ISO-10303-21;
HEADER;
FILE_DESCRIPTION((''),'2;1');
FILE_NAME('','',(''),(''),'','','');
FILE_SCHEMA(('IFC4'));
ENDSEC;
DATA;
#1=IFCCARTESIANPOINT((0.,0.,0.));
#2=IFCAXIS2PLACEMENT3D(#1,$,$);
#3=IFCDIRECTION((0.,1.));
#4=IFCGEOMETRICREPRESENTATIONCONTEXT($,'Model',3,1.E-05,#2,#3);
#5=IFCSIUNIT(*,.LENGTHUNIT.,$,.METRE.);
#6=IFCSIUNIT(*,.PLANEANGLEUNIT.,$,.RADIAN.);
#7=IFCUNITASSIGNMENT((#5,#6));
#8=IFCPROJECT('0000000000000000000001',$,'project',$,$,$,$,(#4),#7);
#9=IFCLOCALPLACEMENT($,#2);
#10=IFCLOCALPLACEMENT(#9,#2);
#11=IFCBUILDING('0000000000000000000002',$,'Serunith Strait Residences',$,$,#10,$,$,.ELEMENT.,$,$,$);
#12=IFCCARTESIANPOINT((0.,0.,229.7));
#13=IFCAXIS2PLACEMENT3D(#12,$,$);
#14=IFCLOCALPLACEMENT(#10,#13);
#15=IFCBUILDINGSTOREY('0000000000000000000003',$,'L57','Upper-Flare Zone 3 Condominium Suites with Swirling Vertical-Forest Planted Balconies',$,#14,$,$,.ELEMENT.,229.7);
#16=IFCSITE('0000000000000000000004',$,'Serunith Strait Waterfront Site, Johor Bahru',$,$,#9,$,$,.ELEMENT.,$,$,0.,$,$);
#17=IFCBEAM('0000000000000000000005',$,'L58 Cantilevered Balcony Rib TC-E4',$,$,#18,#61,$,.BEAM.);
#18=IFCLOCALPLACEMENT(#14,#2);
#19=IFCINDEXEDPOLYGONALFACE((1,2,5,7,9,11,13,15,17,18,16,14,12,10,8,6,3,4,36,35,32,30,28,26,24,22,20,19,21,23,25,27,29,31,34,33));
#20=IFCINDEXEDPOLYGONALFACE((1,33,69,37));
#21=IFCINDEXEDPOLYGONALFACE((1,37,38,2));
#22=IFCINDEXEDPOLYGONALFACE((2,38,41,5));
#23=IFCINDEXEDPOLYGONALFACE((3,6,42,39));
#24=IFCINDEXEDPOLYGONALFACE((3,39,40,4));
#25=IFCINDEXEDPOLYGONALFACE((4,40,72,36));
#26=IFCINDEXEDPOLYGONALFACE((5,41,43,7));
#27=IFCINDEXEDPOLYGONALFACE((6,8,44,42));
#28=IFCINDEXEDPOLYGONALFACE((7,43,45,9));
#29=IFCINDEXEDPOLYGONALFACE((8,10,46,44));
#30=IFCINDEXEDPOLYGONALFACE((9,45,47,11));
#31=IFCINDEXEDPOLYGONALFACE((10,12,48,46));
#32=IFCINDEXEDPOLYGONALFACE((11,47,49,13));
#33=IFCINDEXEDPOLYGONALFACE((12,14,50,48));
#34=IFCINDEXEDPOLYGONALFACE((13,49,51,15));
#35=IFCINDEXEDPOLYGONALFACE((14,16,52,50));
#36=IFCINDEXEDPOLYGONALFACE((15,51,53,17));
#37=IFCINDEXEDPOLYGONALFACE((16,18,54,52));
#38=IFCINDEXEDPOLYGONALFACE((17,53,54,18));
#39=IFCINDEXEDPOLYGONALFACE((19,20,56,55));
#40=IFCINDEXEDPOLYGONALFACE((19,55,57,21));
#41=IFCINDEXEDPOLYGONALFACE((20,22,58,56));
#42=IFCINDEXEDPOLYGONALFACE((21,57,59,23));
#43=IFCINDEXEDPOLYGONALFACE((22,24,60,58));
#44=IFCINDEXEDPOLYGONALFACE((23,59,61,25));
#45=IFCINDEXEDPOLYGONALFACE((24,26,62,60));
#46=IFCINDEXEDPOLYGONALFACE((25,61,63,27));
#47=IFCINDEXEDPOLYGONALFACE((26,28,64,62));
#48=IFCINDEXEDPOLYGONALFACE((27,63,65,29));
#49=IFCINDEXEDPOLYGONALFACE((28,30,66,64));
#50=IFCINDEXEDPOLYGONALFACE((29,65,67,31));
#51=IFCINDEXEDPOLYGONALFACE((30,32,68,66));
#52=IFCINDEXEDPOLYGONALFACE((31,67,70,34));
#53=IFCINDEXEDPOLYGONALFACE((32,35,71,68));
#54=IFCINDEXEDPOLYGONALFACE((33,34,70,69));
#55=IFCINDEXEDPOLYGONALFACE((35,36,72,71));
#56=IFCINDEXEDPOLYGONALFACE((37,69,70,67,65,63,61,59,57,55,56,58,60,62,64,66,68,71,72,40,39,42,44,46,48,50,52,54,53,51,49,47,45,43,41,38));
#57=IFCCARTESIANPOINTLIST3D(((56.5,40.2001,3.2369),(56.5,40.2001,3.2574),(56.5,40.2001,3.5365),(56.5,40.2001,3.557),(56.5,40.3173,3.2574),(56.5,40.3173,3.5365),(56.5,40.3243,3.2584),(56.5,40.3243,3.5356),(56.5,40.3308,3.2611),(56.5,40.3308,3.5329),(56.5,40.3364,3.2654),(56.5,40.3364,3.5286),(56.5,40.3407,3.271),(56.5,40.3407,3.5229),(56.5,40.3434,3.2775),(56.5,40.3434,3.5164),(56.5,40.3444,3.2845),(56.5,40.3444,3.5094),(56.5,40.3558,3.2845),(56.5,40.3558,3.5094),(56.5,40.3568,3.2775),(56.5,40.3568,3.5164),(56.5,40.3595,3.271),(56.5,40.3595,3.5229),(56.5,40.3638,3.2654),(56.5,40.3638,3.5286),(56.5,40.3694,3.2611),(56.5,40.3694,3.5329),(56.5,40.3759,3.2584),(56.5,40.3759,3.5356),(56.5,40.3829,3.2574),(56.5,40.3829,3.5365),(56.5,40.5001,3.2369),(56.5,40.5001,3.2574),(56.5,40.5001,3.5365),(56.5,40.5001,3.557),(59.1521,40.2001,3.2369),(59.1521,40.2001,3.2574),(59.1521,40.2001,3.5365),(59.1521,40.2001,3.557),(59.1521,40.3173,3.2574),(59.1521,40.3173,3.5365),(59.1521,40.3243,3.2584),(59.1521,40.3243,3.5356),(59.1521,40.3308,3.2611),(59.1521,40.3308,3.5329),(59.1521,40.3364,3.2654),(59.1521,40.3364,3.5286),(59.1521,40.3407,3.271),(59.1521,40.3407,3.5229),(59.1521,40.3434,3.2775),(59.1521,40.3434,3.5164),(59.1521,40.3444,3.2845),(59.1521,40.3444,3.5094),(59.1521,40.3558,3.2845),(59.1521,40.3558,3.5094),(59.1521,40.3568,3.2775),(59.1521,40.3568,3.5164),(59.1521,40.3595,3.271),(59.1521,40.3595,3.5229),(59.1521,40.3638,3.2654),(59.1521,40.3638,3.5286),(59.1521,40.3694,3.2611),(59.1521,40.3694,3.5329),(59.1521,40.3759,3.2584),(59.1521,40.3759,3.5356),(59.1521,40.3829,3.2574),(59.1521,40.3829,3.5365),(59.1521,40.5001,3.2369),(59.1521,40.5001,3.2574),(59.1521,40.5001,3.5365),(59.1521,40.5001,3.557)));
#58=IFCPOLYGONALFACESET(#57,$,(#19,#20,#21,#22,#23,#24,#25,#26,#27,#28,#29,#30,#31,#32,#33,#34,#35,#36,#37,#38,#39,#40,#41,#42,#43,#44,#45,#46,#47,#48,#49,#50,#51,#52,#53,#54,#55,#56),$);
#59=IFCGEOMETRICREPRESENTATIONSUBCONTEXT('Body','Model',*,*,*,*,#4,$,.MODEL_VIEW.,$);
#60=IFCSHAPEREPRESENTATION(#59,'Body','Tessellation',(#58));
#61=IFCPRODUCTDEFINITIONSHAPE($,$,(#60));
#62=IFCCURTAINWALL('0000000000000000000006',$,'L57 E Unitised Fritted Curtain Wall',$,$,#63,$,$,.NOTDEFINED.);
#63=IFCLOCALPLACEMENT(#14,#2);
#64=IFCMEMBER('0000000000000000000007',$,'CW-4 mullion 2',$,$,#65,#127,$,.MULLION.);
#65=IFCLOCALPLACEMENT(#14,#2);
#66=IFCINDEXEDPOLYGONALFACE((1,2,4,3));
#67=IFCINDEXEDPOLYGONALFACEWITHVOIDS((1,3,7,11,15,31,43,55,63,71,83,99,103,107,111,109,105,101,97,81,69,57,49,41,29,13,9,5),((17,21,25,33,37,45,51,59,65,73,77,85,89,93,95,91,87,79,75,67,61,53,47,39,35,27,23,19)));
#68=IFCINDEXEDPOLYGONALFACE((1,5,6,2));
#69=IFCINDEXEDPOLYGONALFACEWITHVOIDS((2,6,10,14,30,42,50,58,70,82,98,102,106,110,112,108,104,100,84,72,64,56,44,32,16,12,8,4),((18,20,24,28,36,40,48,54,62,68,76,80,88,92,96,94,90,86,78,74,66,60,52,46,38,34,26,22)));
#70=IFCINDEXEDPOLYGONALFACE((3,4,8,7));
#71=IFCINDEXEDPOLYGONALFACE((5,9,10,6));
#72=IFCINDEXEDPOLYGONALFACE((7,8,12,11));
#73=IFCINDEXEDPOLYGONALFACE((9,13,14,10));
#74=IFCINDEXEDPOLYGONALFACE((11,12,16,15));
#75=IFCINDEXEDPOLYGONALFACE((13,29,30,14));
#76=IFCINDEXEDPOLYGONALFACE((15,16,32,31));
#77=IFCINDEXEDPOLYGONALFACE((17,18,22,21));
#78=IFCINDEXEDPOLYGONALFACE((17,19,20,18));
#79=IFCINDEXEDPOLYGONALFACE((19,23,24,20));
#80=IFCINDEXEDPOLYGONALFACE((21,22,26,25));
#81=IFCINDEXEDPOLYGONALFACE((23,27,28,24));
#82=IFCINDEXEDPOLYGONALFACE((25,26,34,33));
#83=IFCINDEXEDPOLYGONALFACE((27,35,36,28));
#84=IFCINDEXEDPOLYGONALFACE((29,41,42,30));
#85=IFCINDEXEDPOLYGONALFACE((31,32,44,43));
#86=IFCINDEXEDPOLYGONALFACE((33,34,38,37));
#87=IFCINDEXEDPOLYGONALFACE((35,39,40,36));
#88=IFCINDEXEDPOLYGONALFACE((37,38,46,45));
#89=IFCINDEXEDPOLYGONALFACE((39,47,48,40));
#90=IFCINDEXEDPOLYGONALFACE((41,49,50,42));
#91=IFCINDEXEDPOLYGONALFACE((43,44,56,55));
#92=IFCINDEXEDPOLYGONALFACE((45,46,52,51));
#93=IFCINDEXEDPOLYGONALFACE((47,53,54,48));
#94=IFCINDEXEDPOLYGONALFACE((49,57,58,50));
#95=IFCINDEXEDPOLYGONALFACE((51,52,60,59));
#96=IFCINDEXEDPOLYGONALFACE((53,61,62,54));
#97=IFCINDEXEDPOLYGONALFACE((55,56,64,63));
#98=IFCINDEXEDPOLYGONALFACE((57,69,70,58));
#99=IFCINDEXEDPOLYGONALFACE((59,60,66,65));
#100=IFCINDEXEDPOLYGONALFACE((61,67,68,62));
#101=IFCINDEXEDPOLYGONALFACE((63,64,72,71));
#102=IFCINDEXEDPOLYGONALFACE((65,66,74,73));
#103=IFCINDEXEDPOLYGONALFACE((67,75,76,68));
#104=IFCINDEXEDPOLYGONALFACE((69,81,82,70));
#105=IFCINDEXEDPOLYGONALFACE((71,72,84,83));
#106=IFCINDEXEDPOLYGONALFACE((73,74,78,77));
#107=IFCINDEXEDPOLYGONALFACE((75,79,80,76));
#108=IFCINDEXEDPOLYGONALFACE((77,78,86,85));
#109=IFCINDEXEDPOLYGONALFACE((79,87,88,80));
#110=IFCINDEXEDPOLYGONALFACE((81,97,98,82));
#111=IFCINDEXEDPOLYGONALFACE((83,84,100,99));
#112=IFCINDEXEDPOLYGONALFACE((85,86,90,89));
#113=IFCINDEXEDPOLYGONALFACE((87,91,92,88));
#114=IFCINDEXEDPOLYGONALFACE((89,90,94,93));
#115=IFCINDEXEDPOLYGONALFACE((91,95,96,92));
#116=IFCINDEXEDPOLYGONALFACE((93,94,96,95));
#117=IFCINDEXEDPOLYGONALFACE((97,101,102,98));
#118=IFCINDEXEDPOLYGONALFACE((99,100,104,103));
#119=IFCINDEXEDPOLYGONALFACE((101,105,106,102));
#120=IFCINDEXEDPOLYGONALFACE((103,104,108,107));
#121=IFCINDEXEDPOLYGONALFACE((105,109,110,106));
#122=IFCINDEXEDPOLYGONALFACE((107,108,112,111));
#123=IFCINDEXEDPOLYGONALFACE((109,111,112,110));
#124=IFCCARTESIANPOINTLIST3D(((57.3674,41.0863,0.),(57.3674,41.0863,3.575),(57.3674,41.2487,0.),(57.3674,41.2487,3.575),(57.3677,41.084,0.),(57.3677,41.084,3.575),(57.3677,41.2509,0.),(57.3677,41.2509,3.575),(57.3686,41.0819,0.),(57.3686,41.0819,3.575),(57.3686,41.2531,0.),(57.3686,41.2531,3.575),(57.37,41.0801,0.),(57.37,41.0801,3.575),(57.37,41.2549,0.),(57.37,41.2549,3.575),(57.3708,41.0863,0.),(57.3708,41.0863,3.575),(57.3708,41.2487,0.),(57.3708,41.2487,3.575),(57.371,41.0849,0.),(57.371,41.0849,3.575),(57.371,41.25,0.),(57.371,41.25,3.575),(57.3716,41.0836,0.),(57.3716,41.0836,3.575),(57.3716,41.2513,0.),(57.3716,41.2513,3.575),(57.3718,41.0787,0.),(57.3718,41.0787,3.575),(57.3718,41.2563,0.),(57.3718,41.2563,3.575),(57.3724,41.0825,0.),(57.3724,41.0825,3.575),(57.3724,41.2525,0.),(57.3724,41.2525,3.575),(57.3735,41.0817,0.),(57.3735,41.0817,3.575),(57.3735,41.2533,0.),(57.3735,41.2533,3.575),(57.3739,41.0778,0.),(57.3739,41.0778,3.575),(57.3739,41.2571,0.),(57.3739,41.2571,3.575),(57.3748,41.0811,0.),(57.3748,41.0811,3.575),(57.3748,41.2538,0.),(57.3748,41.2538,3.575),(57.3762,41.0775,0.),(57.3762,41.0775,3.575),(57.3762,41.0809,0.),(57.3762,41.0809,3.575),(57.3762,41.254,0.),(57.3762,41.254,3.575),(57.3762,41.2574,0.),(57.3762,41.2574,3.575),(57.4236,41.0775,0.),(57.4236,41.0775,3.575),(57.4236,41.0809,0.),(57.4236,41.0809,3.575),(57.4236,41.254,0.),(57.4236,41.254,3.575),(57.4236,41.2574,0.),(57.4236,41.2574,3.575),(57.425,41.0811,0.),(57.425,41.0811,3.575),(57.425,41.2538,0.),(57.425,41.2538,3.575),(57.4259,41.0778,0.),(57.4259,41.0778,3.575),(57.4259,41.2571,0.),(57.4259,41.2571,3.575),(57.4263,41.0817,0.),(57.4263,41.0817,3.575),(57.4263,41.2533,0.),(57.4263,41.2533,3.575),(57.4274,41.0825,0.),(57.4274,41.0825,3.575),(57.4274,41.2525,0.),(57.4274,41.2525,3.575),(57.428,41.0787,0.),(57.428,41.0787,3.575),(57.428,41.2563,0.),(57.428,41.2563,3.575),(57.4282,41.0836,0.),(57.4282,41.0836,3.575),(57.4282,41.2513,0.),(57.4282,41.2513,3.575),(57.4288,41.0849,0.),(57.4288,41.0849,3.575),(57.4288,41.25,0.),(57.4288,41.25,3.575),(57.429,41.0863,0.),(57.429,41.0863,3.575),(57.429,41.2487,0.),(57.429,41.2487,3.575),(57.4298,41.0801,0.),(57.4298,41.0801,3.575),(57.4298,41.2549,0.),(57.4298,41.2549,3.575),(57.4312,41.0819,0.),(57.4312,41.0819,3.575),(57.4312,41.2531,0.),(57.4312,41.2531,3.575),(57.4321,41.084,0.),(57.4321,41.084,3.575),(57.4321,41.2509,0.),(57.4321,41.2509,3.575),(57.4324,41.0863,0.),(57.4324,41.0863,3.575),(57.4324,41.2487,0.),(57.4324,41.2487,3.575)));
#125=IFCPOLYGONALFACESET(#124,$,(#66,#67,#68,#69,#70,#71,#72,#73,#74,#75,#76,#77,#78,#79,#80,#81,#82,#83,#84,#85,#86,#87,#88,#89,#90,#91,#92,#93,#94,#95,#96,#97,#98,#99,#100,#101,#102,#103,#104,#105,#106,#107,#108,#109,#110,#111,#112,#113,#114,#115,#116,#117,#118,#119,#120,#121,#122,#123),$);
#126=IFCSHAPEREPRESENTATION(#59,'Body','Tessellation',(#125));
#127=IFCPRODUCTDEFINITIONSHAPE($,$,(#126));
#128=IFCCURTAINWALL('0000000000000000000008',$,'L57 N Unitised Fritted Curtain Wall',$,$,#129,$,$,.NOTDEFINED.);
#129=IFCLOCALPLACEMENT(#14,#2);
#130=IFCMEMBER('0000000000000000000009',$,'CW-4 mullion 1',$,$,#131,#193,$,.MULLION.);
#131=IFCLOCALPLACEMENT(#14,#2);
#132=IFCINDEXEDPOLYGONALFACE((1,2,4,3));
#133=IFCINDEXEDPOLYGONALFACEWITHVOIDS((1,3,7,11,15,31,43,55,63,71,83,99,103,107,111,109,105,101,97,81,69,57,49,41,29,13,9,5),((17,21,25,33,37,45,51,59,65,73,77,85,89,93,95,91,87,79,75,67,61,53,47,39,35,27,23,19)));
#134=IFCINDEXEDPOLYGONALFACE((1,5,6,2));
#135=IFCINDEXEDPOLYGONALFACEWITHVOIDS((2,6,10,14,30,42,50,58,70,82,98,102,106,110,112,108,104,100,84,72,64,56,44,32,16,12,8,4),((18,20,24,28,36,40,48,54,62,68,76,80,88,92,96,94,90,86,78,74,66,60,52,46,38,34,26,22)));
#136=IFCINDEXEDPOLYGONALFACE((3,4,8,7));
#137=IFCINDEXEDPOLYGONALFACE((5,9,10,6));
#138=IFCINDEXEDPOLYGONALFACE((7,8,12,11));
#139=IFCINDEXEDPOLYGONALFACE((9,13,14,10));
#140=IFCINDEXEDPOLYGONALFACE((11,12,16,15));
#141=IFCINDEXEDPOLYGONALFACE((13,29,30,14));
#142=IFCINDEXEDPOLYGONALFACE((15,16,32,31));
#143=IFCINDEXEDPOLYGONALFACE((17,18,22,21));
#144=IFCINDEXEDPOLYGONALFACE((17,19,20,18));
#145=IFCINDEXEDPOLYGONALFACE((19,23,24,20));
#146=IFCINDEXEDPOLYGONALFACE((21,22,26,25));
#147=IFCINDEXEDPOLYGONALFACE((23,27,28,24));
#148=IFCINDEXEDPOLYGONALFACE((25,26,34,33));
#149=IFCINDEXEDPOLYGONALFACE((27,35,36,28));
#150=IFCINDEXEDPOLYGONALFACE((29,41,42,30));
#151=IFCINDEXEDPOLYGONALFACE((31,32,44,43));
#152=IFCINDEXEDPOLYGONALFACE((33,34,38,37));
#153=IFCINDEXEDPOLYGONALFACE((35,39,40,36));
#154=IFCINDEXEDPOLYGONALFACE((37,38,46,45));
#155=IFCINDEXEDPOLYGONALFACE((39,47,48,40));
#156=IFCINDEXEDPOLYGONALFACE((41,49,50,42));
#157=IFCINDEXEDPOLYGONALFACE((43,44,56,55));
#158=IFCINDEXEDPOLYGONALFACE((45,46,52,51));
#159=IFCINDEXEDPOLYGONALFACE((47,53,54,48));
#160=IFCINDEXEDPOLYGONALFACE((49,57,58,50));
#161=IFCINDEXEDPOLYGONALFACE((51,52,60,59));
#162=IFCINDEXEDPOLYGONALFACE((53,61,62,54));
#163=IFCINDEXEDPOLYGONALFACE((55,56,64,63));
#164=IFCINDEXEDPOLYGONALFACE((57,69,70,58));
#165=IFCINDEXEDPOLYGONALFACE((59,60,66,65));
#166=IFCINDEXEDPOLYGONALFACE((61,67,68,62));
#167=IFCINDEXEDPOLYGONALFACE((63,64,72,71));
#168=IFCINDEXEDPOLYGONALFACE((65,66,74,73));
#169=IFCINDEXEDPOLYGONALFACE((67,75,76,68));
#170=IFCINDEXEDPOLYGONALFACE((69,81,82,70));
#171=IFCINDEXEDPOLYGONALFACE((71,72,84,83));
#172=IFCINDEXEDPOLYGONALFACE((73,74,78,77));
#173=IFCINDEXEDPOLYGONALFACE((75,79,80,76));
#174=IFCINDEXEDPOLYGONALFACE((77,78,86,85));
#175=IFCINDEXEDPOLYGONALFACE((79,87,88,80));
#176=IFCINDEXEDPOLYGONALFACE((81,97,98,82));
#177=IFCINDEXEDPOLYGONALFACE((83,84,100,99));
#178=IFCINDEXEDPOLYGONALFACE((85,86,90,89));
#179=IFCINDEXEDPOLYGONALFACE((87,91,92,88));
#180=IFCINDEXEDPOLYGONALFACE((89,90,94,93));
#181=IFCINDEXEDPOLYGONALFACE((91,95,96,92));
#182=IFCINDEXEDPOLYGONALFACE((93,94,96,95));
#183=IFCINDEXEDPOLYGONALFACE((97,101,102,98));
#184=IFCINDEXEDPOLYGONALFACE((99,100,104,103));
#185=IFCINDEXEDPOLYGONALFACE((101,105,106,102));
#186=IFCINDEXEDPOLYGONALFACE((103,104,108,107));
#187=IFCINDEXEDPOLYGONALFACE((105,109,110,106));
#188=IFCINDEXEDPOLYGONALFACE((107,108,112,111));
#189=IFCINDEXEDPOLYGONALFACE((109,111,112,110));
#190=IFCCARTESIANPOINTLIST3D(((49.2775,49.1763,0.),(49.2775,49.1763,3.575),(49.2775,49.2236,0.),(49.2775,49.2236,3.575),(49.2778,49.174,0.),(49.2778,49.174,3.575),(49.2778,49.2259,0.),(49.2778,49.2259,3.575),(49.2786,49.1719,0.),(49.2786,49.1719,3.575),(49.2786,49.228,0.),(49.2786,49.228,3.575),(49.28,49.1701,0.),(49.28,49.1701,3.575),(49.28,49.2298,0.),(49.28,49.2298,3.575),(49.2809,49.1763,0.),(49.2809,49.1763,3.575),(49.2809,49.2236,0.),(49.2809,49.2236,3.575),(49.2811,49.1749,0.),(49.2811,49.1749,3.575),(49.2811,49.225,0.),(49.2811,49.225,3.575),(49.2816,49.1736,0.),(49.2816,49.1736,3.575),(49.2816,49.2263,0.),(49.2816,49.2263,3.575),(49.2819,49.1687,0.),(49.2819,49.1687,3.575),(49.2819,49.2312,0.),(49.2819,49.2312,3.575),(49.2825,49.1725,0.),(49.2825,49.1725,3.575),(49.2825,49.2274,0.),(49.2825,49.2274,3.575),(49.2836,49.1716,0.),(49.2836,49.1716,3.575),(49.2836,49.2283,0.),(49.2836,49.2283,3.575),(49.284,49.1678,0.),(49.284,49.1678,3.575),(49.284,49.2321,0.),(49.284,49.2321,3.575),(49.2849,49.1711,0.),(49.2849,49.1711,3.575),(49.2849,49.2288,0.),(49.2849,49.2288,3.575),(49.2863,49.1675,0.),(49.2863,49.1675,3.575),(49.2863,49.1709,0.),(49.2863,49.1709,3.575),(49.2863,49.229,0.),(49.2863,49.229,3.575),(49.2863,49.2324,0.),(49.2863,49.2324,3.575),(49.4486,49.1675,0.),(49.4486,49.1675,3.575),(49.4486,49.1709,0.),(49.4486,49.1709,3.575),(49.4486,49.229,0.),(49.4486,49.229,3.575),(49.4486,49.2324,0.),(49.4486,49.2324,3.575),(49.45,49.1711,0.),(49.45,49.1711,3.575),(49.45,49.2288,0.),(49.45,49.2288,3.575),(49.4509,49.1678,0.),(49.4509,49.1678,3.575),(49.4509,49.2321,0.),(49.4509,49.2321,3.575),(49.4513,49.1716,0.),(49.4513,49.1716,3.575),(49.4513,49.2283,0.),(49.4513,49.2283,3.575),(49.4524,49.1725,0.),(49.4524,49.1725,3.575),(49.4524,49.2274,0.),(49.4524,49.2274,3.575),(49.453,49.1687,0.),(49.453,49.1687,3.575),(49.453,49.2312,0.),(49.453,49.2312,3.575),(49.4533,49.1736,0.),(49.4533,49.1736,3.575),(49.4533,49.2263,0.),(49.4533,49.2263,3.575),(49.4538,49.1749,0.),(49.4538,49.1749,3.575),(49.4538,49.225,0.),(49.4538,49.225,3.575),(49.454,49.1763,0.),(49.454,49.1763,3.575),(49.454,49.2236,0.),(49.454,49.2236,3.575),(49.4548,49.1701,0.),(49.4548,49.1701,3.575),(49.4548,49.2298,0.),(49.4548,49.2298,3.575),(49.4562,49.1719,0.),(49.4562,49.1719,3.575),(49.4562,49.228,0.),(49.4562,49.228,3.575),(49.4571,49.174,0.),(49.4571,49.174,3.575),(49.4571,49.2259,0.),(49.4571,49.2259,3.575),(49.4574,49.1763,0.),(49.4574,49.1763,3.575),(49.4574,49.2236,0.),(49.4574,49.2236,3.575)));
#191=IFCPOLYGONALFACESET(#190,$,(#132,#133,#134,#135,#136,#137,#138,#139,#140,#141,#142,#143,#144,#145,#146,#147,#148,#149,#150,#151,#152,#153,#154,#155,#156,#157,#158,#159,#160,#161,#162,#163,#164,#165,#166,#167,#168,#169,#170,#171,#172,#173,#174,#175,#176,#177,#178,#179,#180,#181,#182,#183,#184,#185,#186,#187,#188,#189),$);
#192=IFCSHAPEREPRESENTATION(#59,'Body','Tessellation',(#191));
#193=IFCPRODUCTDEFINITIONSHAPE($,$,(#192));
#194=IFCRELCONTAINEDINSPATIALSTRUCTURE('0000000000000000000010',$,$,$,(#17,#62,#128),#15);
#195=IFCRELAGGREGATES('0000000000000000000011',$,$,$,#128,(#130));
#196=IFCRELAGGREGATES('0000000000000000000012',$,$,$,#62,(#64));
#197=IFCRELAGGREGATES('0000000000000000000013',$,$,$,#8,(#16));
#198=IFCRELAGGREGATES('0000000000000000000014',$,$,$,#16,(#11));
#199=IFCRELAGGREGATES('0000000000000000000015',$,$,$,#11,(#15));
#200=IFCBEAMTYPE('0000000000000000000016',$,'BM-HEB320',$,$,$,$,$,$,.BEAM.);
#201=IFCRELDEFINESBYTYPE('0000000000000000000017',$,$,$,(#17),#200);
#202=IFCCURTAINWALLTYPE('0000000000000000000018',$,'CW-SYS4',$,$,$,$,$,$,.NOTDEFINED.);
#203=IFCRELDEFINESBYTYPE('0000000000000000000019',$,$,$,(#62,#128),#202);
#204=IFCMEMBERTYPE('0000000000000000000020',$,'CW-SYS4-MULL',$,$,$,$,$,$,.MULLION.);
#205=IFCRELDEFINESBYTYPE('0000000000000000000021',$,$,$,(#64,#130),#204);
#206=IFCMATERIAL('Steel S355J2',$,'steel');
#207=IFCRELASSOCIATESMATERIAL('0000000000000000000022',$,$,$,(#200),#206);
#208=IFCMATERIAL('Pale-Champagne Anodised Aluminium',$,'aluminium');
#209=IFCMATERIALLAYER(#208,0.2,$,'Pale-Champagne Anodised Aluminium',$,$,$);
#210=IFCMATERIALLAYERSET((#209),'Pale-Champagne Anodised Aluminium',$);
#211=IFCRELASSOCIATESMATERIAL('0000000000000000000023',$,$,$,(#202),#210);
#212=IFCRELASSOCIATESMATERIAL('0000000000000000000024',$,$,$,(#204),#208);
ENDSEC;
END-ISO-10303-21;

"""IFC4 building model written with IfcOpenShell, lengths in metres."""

from ifc_helpers import new_model, si_unit, direction, frame, origin, origin_2d, place, context, subcontext, project, spatial, hollow_rectangle, i_section, extrude, source, transform, mapped, material, layer, layer_set, material_profile, profile_set, type_object, element, aggregate, save


model = new_model("IFC4")

# Units and contexts
model_context = context("Model", 3, precision=1e-05, world=origin(), true_north=direction((0.0, 1.0)))
body_context = subcontext(model_context, "Body", "Model", "MODEL_VIEW")
ifc_project = project(units=[si_unit("LENGTHUNIT", "METRE"), si_unit("PLANEANGLEUNIT", "RADIAN")], contexts=[model_context])

# Site, building, storey
site_placement = place(None, origin())
site = spatial("IfcSite", under=ifc_project, at=site_placement, Name="Serunith Strait Waterfront Site, Johor Bahru", CompositionType="ELEMENT", RefElevation=0.0)
building_placement = place(site_placement, origin())
building = spatial("IfcBuilding", under=site, at=building_placement, Name="Serunith Strait Residences", CompositionType="ELEMENT")
storey_placement = place(building_placement, frame((0.0, 0.0, 229.7)))
storey = spatial("IfcBuildingStorey", under=building, at=storey_placement, Name="L57", Description="Upper-Flare Zone 3 Condominium Suites with Swirling Vertical-Forest Planted Balconies", CompositionType="ELEMENT", Elevation=229.7)

# Beam
ifc_material_1 = material(Name="Steel S355J2", Category="steel")
ifc_material_profile_1 = material_profile(ifc_material_1, i_section(OverallWidth=0.3, OverallDepth=0.3201, WebThickness=0.0115, FlangeThickness=0.0205, FilletRadius=0.0271, at=origin_2d()), Name="HEB 320")
ifc_profile_set_1 = profile_set([ifc_material_profile_1], Name="Steel S355J2")
beam_type_1 = type_object("IfcBeamType", Name="BM-HEB320", PredefinedType="BEAM", material=ifc_profile_set_1)
shared_shape_1 = source(origin(), body_context, "Body", "SweptSolid", [
    extrude(i_section(OverallWidth=0.3, OverallDepth=0.3201, WebThickness=0.0115, FlangeThickness=0.0205, FilletRadius=0.0271, at=origin_2d()), origin(), (0.0, 0.0, 1.0), 2.6521),
])
beam_1_placement = place(storey_placement, frame((56.5, 40.3501, 3.397), z_axis=(1.0, 0.0, 0.0), x_axis=(0.0, 1.0, 0.0)))
element("IfcBeam", 1, at=beam_1_placement, inside=storey, type_object=beam_type_1, Name="L58 Cantilevered Balcony Rib TC-E4", PredefinedType="BEAM", context=body_context, shape_type="MappedRepresentation", body=[
    mapped(shared_shape_1, transform((0.0, 0.0, 0.0), scale=1.0)),
])

# Curtain wall, member
ifc_material_2 = material(Name="Pale-Champagne Anodised Aluminium", Category="aluminium")
ifc_layer_1 = layer(ifc_material_2, 0.2, Name="Pale-Champagne Anodised Aluminium")
ifc_layer_set_1 = layer_set([ifc_layer_1], Name="Pale-Champagne Anodised Aluminium")
curtain_wall_type = type_object("IfcCurtainWallType", Name="CW-SYS4", PredefinedType="NOTDEFINED", material=ifc_layer_set_1)
curtain_wall_1_placement = place(storey_placement, origin())
curtain_wall_1 = element("IfcCurtainWall", 2, at=curtain_wall_1_placement, inside=storey, type_object=curtain_wall_type, Name="L57 E Unitised Fritted Curtain Wall", PredefinedType="NOTDEFINED")
ifc_material_profile_2 = material_profile(ifc_material_2, hollow_rectangle(XDim=0.0649, YDim=0.1799, WallThickness=0.0034, InnerFilletRadius=0.0054, OuterFilletRadius=0.0088, at=origin_2d()), Name="ALU 180x65x3.5")
ifc_profile_set_2 = profile_set([ifc_material_profile_2], Name="Pale-Champagne Anodised Aluminium")
member_type_1 = type_object("IfcMemberType", Name="CW-SYS4-MULL", PredefinedType="MULLION", material=ifc_profile_set_2)
shared_shape_2 = source(origin(), body_context, "Body", "SweptSolid", [
    extrude(hollow_rectangle(XDim=0.0649, YDim=0.1799, WallThickness=0.0034, InnerFilletRadius=0.0054, OuterFilletRadius=0.0088, at=origin_2d()), origin(), (0.0, 0.0, 1.0), 3.575),
])
member_1_placement = place(storey_placement, frame((57.3999, 41.1675, 0.0), z_axis=(0.0, 0.0, 1.0), x_axis=(-1.0, 0.0, 0.0)))
member_1 = element("IfcMember", 3, at=member_1_placement, type_object=member_type_1, Name="CW-4 mullion 2", PredefinedType="MULLION", context=body_context, shape_type="MappedRepresentation", body=[
    mapped(shared_shape_2, transform((0.0, 0.0, 0.0), scale=1.0)),
])

# Curtain wall, member
curtain_wall_2_placement = place(storey_placement, origin())
curtain_wall_2 = element("IfcCurtainWall", 4, at=curtain_wall_2_placement, inside=storey, type_object=curtain_wall_type, Name="L57 N Unitised Fritted Curtain Wall", PredefinedType="NOTDEFINED")
member_2_placement = place(storey_placement, frame((49.3674, 49.2, 0.0), z_axis=(0.0, 0.0, 1.0), x_axis=(0.0, -1.0, 0.0)))
member_2 = element("IfcMember", 5, at=member_2_placement, type_object=member_type_1, Name="CW-4 mullion 1", PredefinedType="MULLION", context=body_context, shape_type="MappedRepresentation", body=[
    mapped(shared_shape_2, transform((0.0, 0.0, 0.0), scale=1.0)),
])
aggregate(curtain_wall_2, [member_2])

aggregate(curtain_wall_1, [member_1])

save(model, "model.ifc")
